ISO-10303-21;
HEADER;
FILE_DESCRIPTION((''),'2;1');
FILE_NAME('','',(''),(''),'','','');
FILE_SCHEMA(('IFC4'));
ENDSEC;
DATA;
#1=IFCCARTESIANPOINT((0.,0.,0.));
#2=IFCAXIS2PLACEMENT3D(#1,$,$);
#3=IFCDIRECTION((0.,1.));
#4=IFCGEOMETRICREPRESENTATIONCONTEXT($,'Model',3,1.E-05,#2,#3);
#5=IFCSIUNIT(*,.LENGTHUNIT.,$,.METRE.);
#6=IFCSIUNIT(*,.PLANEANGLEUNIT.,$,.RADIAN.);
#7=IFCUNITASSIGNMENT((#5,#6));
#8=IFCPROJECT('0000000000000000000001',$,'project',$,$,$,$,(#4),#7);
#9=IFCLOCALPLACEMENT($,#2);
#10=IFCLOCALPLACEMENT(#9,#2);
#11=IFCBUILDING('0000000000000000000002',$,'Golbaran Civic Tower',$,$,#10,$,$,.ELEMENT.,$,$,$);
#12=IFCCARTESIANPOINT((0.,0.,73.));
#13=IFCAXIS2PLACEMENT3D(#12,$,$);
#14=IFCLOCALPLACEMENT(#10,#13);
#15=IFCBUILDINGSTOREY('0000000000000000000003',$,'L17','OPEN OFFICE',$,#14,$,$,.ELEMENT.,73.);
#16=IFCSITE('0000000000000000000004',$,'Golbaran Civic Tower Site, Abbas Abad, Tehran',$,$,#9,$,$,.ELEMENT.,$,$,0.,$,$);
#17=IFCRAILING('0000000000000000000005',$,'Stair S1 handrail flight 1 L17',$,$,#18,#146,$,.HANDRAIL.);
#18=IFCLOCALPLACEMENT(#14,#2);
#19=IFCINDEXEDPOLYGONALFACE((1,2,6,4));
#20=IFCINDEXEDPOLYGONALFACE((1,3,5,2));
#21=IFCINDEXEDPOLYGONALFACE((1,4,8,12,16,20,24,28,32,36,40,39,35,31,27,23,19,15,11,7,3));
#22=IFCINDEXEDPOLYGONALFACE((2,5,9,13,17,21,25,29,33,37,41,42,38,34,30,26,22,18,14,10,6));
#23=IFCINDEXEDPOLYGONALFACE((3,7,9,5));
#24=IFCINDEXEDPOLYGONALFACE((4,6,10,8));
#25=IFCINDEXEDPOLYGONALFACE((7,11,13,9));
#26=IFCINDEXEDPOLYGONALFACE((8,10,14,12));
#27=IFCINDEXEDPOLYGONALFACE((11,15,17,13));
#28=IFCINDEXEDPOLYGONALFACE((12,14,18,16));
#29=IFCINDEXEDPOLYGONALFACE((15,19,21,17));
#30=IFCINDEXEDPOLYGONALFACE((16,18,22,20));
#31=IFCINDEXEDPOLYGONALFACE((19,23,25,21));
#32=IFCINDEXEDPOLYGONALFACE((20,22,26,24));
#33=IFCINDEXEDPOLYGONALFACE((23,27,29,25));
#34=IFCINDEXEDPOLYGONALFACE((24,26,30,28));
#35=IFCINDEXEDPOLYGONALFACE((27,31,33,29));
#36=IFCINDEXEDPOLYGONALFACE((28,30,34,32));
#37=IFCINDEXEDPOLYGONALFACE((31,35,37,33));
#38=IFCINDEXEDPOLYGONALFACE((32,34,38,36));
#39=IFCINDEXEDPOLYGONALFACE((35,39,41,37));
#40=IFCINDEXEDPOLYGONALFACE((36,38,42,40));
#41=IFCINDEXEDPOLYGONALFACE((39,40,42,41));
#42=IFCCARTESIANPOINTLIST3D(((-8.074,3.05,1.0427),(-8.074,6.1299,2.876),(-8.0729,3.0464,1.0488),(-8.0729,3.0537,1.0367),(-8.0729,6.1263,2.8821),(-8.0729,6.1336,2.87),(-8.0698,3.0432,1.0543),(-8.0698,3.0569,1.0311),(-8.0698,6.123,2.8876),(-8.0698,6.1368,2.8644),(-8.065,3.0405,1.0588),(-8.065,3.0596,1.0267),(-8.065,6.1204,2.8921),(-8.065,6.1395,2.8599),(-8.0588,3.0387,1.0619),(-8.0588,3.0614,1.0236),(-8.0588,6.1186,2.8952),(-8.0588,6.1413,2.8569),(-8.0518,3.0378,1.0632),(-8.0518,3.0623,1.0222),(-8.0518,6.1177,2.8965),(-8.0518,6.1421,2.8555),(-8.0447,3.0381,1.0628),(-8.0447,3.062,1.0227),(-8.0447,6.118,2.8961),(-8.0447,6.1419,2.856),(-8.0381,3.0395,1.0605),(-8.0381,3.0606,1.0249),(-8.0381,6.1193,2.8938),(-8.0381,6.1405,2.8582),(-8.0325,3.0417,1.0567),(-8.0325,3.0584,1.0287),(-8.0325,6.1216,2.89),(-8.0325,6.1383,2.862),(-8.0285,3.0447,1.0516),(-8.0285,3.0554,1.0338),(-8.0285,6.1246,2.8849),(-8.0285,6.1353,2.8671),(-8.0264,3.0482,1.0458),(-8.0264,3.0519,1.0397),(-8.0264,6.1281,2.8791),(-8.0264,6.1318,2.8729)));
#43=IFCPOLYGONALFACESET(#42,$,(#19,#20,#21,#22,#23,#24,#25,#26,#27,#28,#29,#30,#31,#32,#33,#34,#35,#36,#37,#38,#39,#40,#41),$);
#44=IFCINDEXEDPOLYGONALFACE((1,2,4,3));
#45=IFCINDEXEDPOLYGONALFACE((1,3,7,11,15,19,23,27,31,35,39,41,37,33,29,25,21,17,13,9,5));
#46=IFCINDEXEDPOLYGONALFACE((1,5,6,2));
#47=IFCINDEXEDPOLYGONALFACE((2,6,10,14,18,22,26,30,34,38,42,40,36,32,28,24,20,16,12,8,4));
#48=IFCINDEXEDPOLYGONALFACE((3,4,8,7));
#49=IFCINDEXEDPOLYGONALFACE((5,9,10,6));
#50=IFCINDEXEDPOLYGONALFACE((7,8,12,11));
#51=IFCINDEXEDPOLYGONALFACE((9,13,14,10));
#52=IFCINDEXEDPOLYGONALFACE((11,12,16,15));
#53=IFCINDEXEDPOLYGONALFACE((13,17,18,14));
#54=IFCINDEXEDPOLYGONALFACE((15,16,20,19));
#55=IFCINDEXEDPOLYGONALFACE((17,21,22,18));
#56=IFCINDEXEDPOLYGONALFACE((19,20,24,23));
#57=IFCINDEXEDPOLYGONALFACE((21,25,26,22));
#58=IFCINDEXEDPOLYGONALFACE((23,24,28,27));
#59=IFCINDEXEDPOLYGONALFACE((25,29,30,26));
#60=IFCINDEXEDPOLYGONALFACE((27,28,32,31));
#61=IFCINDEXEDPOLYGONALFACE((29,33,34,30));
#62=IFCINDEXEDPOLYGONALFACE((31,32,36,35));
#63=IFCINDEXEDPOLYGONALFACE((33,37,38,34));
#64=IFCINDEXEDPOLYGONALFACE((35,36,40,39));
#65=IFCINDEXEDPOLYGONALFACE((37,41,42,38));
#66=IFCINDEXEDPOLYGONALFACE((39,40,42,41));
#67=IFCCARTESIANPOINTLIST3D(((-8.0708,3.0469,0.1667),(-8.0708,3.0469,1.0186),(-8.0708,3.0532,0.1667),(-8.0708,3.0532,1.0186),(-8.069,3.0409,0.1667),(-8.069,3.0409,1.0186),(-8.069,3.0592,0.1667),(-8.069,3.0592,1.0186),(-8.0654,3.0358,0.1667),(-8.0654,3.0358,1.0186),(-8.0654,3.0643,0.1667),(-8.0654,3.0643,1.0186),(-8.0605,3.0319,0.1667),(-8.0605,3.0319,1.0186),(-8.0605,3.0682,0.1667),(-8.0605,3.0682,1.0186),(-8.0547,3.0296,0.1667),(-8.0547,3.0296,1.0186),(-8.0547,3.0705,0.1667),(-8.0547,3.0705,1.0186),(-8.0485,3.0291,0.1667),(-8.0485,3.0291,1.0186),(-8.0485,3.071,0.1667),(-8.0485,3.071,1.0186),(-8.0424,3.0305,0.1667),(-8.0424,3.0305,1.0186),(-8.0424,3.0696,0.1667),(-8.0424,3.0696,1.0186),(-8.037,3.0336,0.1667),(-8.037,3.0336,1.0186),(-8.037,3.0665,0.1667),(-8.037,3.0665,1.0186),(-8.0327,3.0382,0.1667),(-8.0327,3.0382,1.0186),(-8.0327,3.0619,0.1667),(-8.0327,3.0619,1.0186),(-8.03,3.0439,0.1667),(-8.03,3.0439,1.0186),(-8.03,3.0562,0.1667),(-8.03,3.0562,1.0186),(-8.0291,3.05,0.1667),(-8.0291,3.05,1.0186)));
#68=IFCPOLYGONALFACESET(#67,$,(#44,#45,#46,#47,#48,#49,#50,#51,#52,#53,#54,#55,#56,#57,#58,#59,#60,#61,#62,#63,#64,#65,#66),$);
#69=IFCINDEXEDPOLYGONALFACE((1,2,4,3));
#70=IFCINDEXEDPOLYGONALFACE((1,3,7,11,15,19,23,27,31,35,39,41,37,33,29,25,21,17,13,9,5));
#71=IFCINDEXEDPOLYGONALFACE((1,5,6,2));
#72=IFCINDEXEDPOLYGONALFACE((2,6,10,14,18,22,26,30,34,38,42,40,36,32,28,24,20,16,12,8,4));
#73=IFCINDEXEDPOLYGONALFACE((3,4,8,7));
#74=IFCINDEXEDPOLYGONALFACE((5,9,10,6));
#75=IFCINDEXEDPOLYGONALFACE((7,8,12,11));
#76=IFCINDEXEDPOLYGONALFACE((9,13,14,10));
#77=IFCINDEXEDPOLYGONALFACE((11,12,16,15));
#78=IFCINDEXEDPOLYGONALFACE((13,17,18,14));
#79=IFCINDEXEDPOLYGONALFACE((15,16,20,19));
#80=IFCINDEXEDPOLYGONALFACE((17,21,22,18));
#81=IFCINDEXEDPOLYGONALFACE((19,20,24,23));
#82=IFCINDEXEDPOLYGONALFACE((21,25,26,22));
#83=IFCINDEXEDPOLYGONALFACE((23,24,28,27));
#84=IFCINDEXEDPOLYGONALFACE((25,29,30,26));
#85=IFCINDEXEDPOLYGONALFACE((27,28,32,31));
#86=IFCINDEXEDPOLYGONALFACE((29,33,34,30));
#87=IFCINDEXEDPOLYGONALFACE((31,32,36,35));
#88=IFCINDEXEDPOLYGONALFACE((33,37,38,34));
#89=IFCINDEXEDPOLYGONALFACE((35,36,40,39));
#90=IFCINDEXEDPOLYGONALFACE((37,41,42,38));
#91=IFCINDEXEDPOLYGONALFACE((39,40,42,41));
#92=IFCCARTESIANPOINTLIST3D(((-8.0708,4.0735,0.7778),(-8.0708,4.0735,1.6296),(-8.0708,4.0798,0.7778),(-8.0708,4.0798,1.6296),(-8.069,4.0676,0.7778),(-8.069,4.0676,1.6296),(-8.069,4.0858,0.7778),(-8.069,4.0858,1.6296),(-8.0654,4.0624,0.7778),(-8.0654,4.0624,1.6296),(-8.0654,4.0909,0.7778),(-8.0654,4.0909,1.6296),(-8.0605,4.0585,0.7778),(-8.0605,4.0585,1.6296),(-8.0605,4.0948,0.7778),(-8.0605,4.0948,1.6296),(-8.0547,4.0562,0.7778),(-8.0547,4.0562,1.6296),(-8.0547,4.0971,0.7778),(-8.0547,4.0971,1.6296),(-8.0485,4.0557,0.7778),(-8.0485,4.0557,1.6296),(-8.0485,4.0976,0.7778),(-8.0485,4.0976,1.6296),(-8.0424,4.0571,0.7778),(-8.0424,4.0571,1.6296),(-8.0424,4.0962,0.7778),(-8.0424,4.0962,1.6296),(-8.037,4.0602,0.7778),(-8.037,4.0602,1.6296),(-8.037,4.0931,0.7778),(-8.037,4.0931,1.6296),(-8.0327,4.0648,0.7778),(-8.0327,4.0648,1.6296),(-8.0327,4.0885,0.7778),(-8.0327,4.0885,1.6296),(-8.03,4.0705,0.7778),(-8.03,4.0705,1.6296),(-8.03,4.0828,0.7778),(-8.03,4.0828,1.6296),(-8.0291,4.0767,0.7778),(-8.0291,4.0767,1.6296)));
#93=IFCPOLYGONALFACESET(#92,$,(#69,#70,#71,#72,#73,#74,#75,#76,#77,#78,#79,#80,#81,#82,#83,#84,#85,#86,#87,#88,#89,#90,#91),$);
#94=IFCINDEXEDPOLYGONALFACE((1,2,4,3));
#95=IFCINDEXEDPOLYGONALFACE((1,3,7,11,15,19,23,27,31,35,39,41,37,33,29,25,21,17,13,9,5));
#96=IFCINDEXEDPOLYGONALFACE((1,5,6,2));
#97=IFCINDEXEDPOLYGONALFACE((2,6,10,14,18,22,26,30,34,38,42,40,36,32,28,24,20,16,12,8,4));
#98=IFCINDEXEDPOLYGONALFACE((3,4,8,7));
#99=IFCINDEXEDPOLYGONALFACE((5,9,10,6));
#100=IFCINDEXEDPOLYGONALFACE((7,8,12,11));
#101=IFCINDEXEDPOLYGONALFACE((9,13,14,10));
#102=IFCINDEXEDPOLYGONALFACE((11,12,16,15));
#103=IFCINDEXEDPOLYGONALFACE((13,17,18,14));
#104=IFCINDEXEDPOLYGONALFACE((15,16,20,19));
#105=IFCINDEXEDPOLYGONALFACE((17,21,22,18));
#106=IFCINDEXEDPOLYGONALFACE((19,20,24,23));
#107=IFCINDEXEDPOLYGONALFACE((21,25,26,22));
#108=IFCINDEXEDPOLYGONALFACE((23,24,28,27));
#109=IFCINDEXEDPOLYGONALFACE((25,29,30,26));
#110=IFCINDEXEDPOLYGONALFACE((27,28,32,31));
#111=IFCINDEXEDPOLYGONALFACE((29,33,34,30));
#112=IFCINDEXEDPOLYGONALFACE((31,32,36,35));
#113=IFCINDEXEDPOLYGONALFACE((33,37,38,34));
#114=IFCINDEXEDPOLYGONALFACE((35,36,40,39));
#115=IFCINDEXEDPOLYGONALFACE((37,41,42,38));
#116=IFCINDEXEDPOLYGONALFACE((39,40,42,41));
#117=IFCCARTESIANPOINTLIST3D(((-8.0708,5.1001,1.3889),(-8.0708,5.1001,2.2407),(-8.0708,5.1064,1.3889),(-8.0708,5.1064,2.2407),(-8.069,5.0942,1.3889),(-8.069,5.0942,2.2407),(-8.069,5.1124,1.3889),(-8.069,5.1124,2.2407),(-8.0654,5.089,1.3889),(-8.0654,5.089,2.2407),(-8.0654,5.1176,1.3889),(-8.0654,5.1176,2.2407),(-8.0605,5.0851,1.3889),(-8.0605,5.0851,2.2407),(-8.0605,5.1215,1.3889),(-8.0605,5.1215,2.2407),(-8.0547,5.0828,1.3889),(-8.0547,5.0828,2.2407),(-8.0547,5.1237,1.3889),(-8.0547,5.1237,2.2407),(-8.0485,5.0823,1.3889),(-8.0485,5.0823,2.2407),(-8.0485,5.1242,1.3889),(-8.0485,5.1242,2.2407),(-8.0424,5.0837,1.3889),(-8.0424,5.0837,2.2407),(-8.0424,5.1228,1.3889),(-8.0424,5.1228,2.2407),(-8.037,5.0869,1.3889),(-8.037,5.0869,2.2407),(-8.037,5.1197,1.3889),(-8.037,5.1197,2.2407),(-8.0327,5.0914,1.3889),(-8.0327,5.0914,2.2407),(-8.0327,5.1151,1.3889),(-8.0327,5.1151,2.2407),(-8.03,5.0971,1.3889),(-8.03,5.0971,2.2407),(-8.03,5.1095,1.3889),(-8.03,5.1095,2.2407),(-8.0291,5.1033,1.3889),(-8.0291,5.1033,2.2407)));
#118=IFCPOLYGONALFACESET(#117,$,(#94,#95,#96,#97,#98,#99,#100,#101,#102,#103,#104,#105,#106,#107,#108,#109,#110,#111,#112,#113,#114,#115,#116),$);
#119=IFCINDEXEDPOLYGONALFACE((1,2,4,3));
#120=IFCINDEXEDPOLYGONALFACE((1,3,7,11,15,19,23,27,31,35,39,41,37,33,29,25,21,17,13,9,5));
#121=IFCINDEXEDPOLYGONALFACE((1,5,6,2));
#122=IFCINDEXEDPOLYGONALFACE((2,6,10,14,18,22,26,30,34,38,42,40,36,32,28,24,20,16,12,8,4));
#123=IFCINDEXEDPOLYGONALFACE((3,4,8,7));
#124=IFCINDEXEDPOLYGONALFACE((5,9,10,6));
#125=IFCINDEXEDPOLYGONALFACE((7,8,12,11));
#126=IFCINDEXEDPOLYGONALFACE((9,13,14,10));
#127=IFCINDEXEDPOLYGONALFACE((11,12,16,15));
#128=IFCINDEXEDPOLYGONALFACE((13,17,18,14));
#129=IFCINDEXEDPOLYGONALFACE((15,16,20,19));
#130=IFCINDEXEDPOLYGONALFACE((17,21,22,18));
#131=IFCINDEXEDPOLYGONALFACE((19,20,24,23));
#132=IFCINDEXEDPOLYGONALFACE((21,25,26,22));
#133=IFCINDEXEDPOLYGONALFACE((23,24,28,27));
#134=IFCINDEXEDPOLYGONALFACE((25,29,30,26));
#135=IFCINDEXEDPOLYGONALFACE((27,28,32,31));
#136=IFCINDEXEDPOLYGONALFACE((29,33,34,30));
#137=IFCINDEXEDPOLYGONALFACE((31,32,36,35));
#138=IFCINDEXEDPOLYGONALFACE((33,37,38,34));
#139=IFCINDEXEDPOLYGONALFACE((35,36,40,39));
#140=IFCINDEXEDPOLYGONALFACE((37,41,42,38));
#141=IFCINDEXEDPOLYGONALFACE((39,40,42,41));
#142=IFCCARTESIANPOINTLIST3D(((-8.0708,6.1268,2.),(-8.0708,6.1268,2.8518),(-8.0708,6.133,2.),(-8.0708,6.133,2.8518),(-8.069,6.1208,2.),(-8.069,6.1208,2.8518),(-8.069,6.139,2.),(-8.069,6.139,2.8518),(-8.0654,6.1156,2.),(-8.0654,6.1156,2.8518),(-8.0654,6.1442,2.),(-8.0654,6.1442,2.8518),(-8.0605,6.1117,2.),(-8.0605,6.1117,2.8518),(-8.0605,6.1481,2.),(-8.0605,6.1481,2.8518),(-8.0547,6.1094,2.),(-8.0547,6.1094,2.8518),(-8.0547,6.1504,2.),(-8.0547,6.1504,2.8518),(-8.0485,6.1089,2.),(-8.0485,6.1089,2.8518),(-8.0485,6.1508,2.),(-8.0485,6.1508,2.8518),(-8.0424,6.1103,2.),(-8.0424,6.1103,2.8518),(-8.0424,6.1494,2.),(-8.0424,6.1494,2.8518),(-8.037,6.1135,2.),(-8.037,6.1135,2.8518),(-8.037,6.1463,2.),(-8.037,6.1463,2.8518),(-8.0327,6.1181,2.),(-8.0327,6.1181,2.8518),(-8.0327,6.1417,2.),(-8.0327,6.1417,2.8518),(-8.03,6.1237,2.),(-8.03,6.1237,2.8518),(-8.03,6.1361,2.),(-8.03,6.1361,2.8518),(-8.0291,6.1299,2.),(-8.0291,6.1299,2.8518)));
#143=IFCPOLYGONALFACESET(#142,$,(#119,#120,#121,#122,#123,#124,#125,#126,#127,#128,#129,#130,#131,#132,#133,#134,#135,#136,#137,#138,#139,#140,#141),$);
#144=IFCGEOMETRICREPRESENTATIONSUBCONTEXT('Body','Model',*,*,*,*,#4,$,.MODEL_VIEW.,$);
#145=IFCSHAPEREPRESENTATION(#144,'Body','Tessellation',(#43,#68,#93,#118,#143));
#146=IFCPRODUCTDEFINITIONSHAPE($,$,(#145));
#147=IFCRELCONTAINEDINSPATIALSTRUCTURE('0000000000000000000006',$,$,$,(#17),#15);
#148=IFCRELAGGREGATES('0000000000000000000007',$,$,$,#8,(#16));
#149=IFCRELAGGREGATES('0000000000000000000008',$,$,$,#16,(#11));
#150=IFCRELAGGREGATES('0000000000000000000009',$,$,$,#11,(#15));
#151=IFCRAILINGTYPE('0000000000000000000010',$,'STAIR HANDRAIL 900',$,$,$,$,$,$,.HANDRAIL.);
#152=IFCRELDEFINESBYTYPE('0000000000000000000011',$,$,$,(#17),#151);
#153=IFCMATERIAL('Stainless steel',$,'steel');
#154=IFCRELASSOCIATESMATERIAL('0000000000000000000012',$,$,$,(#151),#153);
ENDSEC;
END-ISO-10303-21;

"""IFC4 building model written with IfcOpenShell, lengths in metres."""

from ifc_helpers import new_model, si_unit, direction, frame, origin, origin_2d, place, context, subcontext, project, spatial, circle, extrude, material, type_object, element, save


model = new_model("IFC4")

# Units and contexts
model_context = context("Model", 3, precision=1e-05, world=origin(), true_north=direction((0.0, 1.0)))
body_context = subcontext(model_context, "Body", "Model", "MODEL_VIEW")
ifc_project = project(units=[si_unit("LENGTHUNIT", "METRE"), si_unit("PLANEANGLEUNIT", "RADIAN")], contexts=[model_context])

# Site, building, storey
site_placement = place(None, origin())
site = spatial("IfcSite", under=ifc_project, at=site_placement, Name="Golbaran Civic Tower Site, Abbas Abad, Tehran", CompositionType="ELEMENT", RefElevation=0.0)
building_placement = place(site_placement, origin())
building = spatial("IfcBuilding", under=site, at=building_placement, Name="Golbaran Civic Tower", CompositionType="ELEMENT")
storey_placement = place(building_placement, frame((0.0, 0.0, 73.0)))
storey = spatial("IfcBuildingStorey", under=building, at=storey_placement, Name="L17", Description="OPEN OFFICE", CompositionType="ELEMENT", Elevation=73.0)

# Shared definitions
ifc_material_1 = material(Name="Stainless steel", Category="steel")

# Railing
railing_type = type_object("IfcRailingType", Name="STAIR HANDRAIL 900", PredefinedType="HANDRAIL", material=ifc_material_1)
railing_1_placement = place(storey_placement, frame((-8.05, 3.05, 0.1667)))
element("IfcRailing", 1, at=railing_1_placement, inside=storey, type_object=railing_type, Name="Stair S1 handrail flight 1 L17", PredefinedType="HANDRAIL", context=body_context, shape_type="SweptSolid", body=[
    extrude(circle(Radius=0.0239, at=origin_2d()), frame((0.0, 0.0, 0.876), z_axis=(0.0, 0.859291, 0.511487), x_axis=(-1.0, 0.0, 0.0)), (0.0, 0.0, 1.0), 3.5842),
    extrude(circle(Radius=0.021, at=origin_2d()), origin(), (0.0, 0.0, 1.0), 0.8518),
    extrude(circle(Radius=0.021, at=origin_2d()), frame((0.0, 1.0266, 0.6111)), (0.0, 0.0, 1.0), 0.8518),
    extrude(circle(Radius=0.021, at=origin_2d()), frame((0.0, 2.0532, 1.2222)), (0.0, 0.0, 1.0), 0.8518),
    extrude(circle(Radius=0.021, at=origin_2d()), frame((0.0, 3.0798, 1.8333)), (0.0, 0.0, 1.0), 0.8518),
])

save(model, "model.ifc")
